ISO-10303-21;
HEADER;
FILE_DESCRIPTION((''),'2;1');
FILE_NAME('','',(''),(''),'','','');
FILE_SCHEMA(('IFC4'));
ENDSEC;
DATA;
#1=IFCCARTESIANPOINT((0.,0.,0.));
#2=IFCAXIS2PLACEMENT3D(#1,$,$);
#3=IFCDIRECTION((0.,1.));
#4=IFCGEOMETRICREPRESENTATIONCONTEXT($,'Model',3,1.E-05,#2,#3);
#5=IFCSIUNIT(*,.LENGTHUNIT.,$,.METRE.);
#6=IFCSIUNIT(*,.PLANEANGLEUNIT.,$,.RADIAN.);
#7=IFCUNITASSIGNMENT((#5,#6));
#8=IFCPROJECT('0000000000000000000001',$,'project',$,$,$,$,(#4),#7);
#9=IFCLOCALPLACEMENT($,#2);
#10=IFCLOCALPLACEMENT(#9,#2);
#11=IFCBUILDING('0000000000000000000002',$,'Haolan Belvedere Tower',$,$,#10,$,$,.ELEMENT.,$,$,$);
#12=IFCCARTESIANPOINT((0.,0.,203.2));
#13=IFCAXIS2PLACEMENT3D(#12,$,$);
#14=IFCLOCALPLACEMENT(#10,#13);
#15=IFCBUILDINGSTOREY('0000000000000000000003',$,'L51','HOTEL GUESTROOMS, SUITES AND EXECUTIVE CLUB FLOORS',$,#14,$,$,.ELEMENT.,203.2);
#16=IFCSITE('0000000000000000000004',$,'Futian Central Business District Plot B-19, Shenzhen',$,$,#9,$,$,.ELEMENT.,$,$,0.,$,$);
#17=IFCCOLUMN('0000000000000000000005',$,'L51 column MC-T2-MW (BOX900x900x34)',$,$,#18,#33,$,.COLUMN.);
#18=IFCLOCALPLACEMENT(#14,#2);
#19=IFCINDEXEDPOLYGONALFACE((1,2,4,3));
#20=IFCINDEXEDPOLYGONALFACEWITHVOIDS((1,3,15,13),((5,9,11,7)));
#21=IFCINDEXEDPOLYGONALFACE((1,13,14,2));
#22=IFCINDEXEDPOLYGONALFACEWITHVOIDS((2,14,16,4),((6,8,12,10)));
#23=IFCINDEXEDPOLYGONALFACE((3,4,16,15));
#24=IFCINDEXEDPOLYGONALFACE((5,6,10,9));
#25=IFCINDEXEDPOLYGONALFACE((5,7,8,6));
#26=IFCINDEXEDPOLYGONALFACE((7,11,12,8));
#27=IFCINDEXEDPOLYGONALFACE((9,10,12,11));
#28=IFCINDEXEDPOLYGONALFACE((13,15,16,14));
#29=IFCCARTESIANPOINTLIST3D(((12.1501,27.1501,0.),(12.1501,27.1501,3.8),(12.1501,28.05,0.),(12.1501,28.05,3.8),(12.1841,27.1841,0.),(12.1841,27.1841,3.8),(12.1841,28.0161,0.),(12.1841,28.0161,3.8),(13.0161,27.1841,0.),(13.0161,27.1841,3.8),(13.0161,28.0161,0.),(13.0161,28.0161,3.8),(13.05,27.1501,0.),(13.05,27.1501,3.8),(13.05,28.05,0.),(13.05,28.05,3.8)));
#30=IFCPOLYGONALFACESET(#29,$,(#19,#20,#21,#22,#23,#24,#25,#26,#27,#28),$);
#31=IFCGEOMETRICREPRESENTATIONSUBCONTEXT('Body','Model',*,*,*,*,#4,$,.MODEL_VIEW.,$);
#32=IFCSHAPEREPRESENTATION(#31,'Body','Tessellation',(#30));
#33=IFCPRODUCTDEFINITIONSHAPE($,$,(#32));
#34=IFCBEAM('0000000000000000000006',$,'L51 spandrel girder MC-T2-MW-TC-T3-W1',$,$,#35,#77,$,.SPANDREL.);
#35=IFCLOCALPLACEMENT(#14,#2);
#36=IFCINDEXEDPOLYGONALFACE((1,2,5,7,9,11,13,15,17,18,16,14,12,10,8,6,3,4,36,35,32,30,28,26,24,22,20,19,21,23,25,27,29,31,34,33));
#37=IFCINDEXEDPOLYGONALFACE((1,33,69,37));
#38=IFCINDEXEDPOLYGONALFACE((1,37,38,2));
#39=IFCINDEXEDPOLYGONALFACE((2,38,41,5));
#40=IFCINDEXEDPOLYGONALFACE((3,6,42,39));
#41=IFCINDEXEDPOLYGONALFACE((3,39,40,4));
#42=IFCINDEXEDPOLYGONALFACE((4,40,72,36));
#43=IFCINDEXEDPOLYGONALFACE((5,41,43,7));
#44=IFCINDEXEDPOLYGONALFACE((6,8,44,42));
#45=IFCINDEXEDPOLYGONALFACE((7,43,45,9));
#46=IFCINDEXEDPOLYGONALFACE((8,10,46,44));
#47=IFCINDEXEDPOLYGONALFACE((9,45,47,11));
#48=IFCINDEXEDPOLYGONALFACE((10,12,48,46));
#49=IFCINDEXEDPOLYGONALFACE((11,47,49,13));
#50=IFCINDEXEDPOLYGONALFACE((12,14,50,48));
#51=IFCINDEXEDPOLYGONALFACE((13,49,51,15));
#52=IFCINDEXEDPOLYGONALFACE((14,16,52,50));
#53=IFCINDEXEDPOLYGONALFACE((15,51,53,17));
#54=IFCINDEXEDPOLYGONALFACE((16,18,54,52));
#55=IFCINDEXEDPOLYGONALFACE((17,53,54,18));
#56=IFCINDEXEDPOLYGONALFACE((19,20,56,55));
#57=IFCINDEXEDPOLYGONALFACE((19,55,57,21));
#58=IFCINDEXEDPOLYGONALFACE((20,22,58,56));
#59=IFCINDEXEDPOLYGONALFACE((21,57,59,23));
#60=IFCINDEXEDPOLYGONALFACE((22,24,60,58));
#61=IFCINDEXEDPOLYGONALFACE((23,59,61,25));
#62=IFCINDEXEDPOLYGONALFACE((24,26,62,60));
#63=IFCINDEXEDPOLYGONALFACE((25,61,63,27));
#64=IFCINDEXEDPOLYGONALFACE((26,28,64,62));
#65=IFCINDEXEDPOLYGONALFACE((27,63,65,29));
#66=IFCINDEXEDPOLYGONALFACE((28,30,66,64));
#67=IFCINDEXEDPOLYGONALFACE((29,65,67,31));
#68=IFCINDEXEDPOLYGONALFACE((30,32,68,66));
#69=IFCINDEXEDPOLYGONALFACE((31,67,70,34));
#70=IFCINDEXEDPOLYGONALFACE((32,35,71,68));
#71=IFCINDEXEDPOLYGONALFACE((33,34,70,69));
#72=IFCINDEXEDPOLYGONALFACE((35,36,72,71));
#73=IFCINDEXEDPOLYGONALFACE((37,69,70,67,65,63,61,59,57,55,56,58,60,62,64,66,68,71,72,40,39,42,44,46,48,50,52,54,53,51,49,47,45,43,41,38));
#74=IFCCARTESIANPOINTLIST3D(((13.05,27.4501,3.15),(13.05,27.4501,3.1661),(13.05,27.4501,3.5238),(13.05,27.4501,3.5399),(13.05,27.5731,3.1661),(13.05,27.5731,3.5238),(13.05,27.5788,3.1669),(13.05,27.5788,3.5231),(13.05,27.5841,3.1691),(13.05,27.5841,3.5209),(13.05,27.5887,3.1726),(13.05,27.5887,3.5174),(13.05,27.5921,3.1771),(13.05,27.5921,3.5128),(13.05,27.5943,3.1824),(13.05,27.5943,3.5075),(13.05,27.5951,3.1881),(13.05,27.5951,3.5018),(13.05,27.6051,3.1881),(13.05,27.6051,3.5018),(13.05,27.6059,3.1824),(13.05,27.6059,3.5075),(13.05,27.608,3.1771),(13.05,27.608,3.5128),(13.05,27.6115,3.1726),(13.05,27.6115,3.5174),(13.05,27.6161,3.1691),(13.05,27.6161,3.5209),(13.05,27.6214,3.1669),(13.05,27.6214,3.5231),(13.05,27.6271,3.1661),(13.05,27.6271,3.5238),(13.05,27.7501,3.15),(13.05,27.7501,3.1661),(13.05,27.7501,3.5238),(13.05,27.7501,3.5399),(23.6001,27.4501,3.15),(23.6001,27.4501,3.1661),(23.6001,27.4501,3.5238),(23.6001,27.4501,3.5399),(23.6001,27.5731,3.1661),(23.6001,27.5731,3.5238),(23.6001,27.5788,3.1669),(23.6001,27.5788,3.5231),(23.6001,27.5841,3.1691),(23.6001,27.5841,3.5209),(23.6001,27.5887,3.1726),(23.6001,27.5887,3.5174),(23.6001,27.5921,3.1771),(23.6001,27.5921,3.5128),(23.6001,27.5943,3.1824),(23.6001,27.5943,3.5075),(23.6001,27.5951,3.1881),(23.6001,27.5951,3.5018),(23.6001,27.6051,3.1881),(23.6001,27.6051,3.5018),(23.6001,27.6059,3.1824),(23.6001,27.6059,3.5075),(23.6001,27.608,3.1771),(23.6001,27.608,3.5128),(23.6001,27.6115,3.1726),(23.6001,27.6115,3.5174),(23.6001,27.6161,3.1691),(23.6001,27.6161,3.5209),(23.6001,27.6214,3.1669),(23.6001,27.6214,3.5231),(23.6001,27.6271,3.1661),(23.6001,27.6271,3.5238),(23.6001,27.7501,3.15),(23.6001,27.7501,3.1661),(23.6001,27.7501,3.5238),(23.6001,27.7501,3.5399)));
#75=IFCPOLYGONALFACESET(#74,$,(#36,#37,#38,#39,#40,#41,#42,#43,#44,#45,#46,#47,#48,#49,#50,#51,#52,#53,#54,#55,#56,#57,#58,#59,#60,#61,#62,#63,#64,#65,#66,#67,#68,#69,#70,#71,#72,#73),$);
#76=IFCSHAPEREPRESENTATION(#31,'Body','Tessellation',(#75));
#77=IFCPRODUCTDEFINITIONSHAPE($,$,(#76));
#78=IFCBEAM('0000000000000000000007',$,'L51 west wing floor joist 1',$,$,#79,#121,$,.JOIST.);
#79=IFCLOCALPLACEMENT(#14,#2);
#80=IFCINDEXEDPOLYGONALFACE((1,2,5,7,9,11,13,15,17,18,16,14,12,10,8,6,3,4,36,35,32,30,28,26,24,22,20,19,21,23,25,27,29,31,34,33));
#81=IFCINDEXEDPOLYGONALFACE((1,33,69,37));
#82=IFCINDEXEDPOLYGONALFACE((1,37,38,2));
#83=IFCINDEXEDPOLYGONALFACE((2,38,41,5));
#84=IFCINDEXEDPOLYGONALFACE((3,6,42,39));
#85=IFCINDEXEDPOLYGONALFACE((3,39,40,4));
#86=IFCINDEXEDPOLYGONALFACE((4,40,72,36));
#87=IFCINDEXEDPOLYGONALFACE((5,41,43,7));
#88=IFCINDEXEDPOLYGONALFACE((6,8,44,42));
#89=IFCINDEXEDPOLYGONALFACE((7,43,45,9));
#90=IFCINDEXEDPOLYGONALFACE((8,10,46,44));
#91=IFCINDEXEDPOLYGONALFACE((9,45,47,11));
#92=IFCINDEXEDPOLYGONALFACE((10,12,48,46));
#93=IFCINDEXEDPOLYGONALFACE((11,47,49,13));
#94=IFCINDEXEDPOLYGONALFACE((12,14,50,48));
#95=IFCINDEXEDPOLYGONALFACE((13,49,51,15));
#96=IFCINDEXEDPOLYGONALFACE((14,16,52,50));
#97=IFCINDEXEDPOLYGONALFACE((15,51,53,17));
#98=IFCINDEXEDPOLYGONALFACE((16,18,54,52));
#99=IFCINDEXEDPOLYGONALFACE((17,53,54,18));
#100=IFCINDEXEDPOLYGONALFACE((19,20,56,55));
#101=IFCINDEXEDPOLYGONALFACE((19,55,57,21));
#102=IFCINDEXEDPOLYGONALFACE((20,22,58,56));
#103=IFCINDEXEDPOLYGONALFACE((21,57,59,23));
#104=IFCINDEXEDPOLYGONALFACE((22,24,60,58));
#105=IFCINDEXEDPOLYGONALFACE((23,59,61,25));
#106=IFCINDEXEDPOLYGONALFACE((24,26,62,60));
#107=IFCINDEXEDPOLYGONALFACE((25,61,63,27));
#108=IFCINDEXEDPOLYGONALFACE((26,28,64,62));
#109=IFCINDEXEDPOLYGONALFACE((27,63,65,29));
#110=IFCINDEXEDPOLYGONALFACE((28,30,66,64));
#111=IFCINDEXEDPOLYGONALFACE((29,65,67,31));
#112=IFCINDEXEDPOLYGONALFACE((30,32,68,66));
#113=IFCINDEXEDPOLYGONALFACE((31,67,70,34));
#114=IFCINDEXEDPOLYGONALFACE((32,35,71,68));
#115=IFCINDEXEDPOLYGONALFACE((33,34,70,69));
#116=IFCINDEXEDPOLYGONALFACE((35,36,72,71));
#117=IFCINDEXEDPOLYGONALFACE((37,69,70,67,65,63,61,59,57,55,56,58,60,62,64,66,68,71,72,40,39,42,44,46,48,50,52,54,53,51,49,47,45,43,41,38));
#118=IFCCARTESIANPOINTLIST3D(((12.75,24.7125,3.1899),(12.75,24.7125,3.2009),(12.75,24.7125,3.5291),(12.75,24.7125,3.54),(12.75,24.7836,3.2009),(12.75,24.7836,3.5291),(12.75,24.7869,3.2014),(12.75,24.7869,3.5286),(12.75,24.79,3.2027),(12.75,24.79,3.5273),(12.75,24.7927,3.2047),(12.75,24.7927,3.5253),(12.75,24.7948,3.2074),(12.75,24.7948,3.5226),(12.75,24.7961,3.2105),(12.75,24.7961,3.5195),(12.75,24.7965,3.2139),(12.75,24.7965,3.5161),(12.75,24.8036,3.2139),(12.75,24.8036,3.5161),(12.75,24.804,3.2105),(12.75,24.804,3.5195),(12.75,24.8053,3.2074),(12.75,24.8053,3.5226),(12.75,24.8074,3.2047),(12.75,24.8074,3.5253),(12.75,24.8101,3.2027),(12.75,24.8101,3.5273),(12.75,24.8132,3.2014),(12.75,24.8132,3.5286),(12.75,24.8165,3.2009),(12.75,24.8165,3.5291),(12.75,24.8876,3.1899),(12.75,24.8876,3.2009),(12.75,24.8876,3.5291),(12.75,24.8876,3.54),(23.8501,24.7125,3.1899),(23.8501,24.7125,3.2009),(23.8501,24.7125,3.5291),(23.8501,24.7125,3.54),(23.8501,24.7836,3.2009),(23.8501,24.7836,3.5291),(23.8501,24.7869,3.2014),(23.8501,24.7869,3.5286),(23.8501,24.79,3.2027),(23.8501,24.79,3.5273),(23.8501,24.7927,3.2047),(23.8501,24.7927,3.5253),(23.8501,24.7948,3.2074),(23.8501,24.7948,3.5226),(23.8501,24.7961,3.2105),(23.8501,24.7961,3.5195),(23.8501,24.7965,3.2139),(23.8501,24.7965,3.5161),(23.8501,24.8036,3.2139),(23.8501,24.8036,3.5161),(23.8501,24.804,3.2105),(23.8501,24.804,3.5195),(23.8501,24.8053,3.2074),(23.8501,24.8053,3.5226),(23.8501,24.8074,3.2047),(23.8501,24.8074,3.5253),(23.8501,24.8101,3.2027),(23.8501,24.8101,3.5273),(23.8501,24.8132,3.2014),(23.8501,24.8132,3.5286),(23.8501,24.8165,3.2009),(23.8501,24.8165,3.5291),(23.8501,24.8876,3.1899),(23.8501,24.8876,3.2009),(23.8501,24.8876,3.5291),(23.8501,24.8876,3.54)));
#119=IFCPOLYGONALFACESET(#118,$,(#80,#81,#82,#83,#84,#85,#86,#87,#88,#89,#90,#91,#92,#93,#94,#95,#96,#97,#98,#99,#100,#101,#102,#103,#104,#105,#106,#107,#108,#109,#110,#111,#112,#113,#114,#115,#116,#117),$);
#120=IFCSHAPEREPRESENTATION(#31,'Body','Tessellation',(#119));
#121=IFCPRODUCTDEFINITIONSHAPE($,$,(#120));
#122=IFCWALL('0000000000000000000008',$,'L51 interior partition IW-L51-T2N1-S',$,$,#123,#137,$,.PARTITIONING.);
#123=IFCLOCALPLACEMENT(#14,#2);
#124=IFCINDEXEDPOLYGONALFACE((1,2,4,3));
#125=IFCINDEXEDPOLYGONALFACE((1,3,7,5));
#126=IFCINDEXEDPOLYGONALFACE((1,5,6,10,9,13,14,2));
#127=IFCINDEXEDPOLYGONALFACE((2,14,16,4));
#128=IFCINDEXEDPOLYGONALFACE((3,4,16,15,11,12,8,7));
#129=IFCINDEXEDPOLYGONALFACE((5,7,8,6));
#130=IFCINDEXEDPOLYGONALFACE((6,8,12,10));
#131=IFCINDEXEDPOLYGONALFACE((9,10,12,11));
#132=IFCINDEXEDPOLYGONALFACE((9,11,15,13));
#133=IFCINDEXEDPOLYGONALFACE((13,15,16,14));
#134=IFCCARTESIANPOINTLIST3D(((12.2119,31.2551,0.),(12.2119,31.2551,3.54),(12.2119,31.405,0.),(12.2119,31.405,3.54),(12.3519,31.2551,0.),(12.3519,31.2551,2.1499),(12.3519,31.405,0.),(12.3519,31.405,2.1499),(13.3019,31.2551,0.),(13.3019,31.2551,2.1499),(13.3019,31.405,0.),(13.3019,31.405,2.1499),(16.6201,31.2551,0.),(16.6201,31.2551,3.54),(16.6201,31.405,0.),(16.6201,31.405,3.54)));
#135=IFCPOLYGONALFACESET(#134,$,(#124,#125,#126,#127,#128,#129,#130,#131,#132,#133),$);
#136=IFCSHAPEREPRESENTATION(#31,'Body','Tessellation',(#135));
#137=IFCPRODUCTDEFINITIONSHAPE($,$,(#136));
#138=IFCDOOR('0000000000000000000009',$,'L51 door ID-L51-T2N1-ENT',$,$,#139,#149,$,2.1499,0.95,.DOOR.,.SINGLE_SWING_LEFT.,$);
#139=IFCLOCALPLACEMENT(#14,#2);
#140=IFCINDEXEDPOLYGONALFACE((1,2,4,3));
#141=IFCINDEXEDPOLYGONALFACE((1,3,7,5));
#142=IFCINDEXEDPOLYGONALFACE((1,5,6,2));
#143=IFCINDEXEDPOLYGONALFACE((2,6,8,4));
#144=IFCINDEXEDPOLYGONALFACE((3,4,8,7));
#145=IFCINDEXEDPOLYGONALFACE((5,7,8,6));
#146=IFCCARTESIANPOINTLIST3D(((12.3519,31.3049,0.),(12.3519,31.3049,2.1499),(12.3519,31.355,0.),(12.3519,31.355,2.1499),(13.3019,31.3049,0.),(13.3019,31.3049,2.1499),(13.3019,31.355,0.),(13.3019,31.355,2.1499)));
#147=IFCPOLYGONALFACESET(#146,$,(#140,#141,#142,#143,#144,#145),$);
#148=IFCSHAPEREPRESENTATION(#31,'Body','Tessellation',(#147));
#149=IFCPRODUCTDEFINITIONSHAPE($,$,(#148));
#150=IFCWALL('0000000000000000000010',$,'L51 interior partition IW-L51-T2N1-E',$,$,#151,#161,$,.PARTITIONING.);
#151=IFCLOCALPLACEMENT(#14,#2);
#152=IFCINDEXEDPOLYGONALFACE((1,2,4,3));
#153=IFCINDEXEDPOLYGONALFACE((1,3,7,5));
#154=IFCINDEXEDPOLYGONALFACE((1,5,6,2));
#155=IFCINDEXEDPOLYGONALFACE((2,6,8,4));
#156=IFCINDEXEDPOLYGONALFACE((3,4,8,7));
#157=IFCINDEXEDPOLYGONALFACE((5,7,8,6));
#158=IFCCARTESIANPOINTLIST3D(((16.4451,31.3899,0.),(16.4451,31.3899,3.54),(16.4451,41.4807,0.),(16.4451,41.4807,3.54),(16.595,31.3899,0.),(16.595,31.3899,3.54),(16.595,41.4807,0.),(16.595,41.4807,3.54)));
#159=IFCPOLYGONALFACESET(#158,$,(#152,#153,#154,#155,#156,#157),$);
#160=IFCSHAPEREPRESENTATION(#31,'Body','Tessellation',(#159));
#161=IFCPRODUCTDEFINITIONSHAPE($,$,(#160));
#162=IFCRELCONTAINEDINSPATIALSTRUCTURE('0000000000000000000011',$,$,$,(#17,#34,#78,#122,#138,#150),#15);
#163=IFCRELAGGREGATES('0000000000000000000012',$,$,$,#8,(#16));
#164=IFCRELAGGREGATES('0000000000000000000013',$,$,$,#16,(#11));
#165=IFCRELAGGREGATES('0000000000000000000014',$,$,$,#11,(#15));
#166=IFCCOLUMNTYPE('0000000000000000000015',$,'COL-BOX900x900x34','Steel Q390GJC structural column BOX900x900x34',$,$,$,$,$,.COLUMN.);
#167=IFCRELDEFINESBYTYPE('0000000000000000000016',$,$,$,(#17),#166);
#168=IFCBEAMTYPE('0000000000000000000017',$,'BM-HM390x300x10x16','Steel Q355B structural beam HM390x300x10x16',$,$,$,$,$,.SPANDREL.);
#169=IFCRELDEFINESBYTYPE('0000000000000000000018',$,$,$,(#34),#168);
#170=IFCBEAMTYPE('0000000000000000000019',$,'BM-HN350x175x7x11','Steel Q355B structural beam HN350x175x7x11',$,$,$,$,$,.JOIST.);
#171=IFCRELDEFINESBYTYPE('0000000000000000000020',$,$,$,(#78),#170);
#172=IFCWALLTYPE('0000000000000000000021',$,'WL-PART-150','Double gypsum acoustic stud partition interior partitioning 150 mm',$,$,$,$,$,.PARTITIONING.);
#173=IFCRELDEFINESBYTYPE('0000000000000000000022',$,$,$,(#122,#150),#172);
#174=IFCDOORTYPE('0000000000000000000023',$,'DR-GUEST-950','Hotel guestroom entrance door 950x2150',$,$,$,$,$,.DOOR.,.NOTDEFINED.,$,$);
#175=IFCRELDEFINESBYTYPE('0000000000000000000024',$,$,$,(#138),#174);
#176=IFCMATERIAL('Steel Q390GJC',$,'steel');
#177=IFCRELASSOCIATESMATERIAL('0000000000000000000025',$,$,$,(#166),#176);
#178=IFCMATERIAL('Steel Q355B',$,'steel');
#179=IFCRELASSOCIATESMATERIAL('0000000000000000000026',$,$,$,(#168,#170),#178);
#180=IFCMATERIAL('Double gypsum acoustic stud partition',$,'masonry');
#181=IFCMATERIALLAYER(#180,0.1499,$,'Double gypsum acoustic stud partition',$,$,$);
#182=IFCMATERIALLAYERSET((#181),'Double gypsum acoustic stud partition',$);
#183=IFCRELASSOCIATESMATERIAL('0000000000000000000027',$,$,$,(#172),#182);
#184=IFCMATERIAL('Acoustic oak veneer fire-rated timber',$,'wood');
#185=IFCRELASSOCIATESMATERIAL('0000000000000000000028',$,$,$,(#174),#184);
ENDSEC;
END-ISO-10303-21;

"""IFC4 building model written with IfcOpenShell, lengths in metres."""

from ifc_helpers import new_model, si_unit, direction, frame, frame_2d, origin, origin_2d, place, context, subcontext, project, spatial, rectangle, hollow_rectangle, i_section, extrude, material, layer, layer_set, material_profile, profile_set, type_object, element, fill, save


model = new_model("IFC4")

# Units and contexts
model_context = context("Model", 3, precision=1e-05, world=origin(), true_north=direction((0.0, 1.0)))
body_context = subcontext(model_context, "Body", "Model", "MODEL_VIEW")
ifc_project = project(units=[si_unit("LENGTHUNIT", "METRE"), si_unit("PLANEANGLEUNIT", "RADIAN")], contexts=[model_context])

# Site, building, storey
site_placement = place(None, origin())
site = spatial("IfcSite", under=ifc_project, at=site_placement, Name="Futian Central Business District Plot B-19, Shenzhen", CompositionType="ELEMENT", RefElevation=0.0)
building_placement = place(site_placement, origin())
building = spatial("IfcBuilding", under=site, at=building_placement, Name="Haolan Belvedere Tower", CompositionType="ELEMENT")
storey_placement = place(building_placement, frame((0.0, 0.0, 203.2)))
storey = spatial("IfcBuildingStorey", under=building, at=storey_placement, Name="L51", Description="HOTEL GUESTROOMS, SUITES AND EXECUTIVE CLUB FLOORS", CompositionType="ELEMENT", Elevation=203.2)

# Column
ifc_material_1 = material(Name="Steel Q390GJC", Category="steel")
ifc_material_profile_1 = material_profile(ifc_material_1, hollow_rectangle(XDim=0.8999, YDim=0.8999, WallThickness=0.0339, at=origin_2d()), Name="Steel Q390GJC")
ifc_profile_set_1 = profile_set([ifc_material_profile_1], Name="Steel Q390GJC")
column_type = type_object("IfcColumnType", Name="COL-BOX900x900x34", Description="Steel Q390GJC structural column BOX900x900x34", PredefinedType="COLUMN", material=ifc_profile_set_1)
column_placement = place(storey_placement, frame((12.6001, 27.6001, 0.0), z_axis=(0.0, 0.0, 1.0), x_axis=(1.0, 0.0, 0.0)))
element("IfcColumn", 1, at=column_placement, inside=storey, type_object=column_type, Name="L51 column MC-T2-MW (BOX900x900x34)", PredefinedType="COLUMN", context=body_context, shape_type="SweptSolid", body=[
    extrude(hollow_rectangle(XDim=0.8999, YDim=0.8999, WallThickness=0.0339, at=origin_2d()), origin(), (0.0, 0.0, 1.0), 3.8),
])

# Beams
ifc_material_2 = material(Name="Steel Q355B", Category="steel")
ifc_material_profile_2 = material_profile(ifc_material_2, i_section(OverallWidth=0.3, OverallDepth=0.3899, WebThickness=0.01, FlangeThickness=0.0161, FilletRadius=0.022, at=origin_2d()), Name="Steel Q355B")
ifc_profile_set_2 = profile_set([ifc_material_profile_2], Name="Steel Q355B")
beam_type_1 = type_object("IfcBeamType", Name="BM-HM390x300x10x16", Description="Steel Q355B structural beam HM390x300x10x16", PredefinedType="SPANDREL", material=ifc_profile_set_2)
beam_1_placement = place(storey_placement, frame((13.05, 27.6001, 3.345), z_axis=(1.0, 0.0, 0.0), x_axis=(0.0, 1.0, 0.0)))
element("IfcBeam", 2, at=beam_1_placement, inside=storey, type_object=beam_type_1, Name="L51 spandrel girder MC-T2-MW-TC-T3-W1", PredefinedType="SPANDREL", context=body_context, shape_type="SweptSolid", body=[
    extrude(i_section(OverallWidth=0.3, OverallDepth=0.3899, WebThickness=0.01, FlangeThickness=0.0161, FilletRadius=0.022, at=origin_2d()), origin(), (0.0, 0.0, 1.0), 10.55),
])
ifc_material_profile_3 = material_profile(ifc_material_2, i_section(OverallWidth=0.175, OverallDepth=0.3501, WebThickness=0.0071, FlangeThickness=0.011, FilletRadius=0.0129, at=origin_2d()), Name="Steel Q355B")
ifc_profile_set_3 = profile_set([ifc_material_profile_3], Name="Steel Q355B")
beam_type_2 = type_object("IfcBeamType", Name="BM-HN350x175x7x11", Description="Steel Q355B structural beam HN350x175x7x11", PredefinedType="JOIST", material=ifc_profile_set_3)
beam_2_placement = place(storey_placement, frame((12.75, 24.8, 3.365), z_axis=(1.0, 0.0, 0.0), x_axis=(0.0, 1.0, 0.0)))
element("IfcBeam", 3, at=beam_2_placement, inside=storey, type_object=beam_type_2, Name="L51 west wing floor joist 1", PredefinedType="JOIST", context=body_context, shape_type="SweptSolid", body=[
    extrude(i_section(OverallWidth=0.175, OverallDepth=0.3501, WebThickness=0.0071, FlangeThickness=0.011, FilletRadius=0.0129, at=origin_2d()), origin(), (0.0, 0.0, 1.0), 11.1001),
])

# Wall, opening, door
ifc_material_3 = material(Name="Double gypsum acoustic stud partition", Category="masonry")
ifc_layer_1 = layer(ifc_material_3, 0.1499, Name="Double gypsum acoustic stud partition")
ifc_layer_set_1 = layer_set([ifc_layer_1], Name="Double gypsum acoustic stud partition")
wall_type_1 = type_object("IfcWallType", Name="WL-PART-150", Description="Double gypsum acoustic stud partition interior partitioning 150 mm", PredefinedType="PARTITIONING", material=ifc_layer_set_1)
wall_1_placement = place(storey_placement, frame((12.2119, 31.3301, 0.0), z_axis=(0.0, 0.0, 1.0), x_axis=(1.0, 0.0, 0.0)))
wall_1 = element("IfcWall", 4, at=wall_1_placement, inside=storey, type_object=wall_type_1, Name="L51 interior partition IW-L51-T2N1-S", PredefinedType="PARTITIONING", context=body_context, shape_type="SweptSolid", body=[
    extrude(rectangle(XDim=4.4082, YDim=0.1499, at=frame_2d((2.2041, 0.0))), origin(), (0.0, 0.0, 1.0), 3.54),
])
opening_1_placement = place(wall_1_placement, frame((0.1399, 0.0, 0.0)))
opening_1 = element("IfcOpeningElement", 5, at=opening_1_placement, cuts=wall_1, PredefinedType="OPENING", context=body_context, shape_type="SweptSolid", body=[
    extrude(rectangle(XDim=0.95, YDim=2.1499, at=frame_2d((0.4751, 1.075))), frame((0.0, 0.085, 0.0), z_axis=(0.0, -1.0, 0.0), x_axis=(1.0, 0.0, 0.0)), (0.0, 0.0, 1.0), 0.1699),
])
ifc_material_4 = material(Name="Acoustic oak veneer fire-rated timber", Category="wood")
door_type_1 = type_object("IfcDoorType", Name="DR-GUEST-950", Description="Hotel guestroom entrance door 950x2150", OperationType="NOTDEFINED", PredefinedType="DOOR", material=ifc_material_4)
door_1_placement = place(opening_1_placement, origin())
door_1 = element("IfcDoor", 6, at=door_1_placement, inside=storey, type_object=door_type_1, Name="L51 door ID-L51-T2N1-ENT", OperationType="SINGLE_SWING_LEFT", OverallHeight=2.1499, OverallWidth=0.95, PredefinedType="DOOR", context=body_context, shape_type="SweptSolid", body=[
    extrude(rectangle(XDim=0.95, YDim=2.1499, at=frame_2d((0.4751, 1.075))), frame((0.0, 0.0249, 0.0), z_axis=(0.0, -1.0, 0.0), x_axis=(1.0, 0.0, 0.0)), (0.0, 0.0, 1.0), 0.05),
])
fill(opening_1, door_1)

# Wall
wall_2_placement = place(storey_placement, frame((16.52, 31.3899, 0.0), z_axis=(0.0, 0.0, 1.0), x_axis=(0.0, 1.0, 0.0)))
element("IfcWall", 7, at=wall_2_placement, inside=storey, type_object=wall_type_1, Name="L51 interior partition IW-L51-T2N1-E", PredefinedType="PARTITIONING", context=body_context, shape_type="SweptSolid", body=[
    extrude(rectangle(XDim=10.0908, YDim=0.1499, at=frame_2d((5.0454, 0.0))), origin(), (0.0, 0.0, 1.0), 3.54),
])

save(model, "model.ifc")
